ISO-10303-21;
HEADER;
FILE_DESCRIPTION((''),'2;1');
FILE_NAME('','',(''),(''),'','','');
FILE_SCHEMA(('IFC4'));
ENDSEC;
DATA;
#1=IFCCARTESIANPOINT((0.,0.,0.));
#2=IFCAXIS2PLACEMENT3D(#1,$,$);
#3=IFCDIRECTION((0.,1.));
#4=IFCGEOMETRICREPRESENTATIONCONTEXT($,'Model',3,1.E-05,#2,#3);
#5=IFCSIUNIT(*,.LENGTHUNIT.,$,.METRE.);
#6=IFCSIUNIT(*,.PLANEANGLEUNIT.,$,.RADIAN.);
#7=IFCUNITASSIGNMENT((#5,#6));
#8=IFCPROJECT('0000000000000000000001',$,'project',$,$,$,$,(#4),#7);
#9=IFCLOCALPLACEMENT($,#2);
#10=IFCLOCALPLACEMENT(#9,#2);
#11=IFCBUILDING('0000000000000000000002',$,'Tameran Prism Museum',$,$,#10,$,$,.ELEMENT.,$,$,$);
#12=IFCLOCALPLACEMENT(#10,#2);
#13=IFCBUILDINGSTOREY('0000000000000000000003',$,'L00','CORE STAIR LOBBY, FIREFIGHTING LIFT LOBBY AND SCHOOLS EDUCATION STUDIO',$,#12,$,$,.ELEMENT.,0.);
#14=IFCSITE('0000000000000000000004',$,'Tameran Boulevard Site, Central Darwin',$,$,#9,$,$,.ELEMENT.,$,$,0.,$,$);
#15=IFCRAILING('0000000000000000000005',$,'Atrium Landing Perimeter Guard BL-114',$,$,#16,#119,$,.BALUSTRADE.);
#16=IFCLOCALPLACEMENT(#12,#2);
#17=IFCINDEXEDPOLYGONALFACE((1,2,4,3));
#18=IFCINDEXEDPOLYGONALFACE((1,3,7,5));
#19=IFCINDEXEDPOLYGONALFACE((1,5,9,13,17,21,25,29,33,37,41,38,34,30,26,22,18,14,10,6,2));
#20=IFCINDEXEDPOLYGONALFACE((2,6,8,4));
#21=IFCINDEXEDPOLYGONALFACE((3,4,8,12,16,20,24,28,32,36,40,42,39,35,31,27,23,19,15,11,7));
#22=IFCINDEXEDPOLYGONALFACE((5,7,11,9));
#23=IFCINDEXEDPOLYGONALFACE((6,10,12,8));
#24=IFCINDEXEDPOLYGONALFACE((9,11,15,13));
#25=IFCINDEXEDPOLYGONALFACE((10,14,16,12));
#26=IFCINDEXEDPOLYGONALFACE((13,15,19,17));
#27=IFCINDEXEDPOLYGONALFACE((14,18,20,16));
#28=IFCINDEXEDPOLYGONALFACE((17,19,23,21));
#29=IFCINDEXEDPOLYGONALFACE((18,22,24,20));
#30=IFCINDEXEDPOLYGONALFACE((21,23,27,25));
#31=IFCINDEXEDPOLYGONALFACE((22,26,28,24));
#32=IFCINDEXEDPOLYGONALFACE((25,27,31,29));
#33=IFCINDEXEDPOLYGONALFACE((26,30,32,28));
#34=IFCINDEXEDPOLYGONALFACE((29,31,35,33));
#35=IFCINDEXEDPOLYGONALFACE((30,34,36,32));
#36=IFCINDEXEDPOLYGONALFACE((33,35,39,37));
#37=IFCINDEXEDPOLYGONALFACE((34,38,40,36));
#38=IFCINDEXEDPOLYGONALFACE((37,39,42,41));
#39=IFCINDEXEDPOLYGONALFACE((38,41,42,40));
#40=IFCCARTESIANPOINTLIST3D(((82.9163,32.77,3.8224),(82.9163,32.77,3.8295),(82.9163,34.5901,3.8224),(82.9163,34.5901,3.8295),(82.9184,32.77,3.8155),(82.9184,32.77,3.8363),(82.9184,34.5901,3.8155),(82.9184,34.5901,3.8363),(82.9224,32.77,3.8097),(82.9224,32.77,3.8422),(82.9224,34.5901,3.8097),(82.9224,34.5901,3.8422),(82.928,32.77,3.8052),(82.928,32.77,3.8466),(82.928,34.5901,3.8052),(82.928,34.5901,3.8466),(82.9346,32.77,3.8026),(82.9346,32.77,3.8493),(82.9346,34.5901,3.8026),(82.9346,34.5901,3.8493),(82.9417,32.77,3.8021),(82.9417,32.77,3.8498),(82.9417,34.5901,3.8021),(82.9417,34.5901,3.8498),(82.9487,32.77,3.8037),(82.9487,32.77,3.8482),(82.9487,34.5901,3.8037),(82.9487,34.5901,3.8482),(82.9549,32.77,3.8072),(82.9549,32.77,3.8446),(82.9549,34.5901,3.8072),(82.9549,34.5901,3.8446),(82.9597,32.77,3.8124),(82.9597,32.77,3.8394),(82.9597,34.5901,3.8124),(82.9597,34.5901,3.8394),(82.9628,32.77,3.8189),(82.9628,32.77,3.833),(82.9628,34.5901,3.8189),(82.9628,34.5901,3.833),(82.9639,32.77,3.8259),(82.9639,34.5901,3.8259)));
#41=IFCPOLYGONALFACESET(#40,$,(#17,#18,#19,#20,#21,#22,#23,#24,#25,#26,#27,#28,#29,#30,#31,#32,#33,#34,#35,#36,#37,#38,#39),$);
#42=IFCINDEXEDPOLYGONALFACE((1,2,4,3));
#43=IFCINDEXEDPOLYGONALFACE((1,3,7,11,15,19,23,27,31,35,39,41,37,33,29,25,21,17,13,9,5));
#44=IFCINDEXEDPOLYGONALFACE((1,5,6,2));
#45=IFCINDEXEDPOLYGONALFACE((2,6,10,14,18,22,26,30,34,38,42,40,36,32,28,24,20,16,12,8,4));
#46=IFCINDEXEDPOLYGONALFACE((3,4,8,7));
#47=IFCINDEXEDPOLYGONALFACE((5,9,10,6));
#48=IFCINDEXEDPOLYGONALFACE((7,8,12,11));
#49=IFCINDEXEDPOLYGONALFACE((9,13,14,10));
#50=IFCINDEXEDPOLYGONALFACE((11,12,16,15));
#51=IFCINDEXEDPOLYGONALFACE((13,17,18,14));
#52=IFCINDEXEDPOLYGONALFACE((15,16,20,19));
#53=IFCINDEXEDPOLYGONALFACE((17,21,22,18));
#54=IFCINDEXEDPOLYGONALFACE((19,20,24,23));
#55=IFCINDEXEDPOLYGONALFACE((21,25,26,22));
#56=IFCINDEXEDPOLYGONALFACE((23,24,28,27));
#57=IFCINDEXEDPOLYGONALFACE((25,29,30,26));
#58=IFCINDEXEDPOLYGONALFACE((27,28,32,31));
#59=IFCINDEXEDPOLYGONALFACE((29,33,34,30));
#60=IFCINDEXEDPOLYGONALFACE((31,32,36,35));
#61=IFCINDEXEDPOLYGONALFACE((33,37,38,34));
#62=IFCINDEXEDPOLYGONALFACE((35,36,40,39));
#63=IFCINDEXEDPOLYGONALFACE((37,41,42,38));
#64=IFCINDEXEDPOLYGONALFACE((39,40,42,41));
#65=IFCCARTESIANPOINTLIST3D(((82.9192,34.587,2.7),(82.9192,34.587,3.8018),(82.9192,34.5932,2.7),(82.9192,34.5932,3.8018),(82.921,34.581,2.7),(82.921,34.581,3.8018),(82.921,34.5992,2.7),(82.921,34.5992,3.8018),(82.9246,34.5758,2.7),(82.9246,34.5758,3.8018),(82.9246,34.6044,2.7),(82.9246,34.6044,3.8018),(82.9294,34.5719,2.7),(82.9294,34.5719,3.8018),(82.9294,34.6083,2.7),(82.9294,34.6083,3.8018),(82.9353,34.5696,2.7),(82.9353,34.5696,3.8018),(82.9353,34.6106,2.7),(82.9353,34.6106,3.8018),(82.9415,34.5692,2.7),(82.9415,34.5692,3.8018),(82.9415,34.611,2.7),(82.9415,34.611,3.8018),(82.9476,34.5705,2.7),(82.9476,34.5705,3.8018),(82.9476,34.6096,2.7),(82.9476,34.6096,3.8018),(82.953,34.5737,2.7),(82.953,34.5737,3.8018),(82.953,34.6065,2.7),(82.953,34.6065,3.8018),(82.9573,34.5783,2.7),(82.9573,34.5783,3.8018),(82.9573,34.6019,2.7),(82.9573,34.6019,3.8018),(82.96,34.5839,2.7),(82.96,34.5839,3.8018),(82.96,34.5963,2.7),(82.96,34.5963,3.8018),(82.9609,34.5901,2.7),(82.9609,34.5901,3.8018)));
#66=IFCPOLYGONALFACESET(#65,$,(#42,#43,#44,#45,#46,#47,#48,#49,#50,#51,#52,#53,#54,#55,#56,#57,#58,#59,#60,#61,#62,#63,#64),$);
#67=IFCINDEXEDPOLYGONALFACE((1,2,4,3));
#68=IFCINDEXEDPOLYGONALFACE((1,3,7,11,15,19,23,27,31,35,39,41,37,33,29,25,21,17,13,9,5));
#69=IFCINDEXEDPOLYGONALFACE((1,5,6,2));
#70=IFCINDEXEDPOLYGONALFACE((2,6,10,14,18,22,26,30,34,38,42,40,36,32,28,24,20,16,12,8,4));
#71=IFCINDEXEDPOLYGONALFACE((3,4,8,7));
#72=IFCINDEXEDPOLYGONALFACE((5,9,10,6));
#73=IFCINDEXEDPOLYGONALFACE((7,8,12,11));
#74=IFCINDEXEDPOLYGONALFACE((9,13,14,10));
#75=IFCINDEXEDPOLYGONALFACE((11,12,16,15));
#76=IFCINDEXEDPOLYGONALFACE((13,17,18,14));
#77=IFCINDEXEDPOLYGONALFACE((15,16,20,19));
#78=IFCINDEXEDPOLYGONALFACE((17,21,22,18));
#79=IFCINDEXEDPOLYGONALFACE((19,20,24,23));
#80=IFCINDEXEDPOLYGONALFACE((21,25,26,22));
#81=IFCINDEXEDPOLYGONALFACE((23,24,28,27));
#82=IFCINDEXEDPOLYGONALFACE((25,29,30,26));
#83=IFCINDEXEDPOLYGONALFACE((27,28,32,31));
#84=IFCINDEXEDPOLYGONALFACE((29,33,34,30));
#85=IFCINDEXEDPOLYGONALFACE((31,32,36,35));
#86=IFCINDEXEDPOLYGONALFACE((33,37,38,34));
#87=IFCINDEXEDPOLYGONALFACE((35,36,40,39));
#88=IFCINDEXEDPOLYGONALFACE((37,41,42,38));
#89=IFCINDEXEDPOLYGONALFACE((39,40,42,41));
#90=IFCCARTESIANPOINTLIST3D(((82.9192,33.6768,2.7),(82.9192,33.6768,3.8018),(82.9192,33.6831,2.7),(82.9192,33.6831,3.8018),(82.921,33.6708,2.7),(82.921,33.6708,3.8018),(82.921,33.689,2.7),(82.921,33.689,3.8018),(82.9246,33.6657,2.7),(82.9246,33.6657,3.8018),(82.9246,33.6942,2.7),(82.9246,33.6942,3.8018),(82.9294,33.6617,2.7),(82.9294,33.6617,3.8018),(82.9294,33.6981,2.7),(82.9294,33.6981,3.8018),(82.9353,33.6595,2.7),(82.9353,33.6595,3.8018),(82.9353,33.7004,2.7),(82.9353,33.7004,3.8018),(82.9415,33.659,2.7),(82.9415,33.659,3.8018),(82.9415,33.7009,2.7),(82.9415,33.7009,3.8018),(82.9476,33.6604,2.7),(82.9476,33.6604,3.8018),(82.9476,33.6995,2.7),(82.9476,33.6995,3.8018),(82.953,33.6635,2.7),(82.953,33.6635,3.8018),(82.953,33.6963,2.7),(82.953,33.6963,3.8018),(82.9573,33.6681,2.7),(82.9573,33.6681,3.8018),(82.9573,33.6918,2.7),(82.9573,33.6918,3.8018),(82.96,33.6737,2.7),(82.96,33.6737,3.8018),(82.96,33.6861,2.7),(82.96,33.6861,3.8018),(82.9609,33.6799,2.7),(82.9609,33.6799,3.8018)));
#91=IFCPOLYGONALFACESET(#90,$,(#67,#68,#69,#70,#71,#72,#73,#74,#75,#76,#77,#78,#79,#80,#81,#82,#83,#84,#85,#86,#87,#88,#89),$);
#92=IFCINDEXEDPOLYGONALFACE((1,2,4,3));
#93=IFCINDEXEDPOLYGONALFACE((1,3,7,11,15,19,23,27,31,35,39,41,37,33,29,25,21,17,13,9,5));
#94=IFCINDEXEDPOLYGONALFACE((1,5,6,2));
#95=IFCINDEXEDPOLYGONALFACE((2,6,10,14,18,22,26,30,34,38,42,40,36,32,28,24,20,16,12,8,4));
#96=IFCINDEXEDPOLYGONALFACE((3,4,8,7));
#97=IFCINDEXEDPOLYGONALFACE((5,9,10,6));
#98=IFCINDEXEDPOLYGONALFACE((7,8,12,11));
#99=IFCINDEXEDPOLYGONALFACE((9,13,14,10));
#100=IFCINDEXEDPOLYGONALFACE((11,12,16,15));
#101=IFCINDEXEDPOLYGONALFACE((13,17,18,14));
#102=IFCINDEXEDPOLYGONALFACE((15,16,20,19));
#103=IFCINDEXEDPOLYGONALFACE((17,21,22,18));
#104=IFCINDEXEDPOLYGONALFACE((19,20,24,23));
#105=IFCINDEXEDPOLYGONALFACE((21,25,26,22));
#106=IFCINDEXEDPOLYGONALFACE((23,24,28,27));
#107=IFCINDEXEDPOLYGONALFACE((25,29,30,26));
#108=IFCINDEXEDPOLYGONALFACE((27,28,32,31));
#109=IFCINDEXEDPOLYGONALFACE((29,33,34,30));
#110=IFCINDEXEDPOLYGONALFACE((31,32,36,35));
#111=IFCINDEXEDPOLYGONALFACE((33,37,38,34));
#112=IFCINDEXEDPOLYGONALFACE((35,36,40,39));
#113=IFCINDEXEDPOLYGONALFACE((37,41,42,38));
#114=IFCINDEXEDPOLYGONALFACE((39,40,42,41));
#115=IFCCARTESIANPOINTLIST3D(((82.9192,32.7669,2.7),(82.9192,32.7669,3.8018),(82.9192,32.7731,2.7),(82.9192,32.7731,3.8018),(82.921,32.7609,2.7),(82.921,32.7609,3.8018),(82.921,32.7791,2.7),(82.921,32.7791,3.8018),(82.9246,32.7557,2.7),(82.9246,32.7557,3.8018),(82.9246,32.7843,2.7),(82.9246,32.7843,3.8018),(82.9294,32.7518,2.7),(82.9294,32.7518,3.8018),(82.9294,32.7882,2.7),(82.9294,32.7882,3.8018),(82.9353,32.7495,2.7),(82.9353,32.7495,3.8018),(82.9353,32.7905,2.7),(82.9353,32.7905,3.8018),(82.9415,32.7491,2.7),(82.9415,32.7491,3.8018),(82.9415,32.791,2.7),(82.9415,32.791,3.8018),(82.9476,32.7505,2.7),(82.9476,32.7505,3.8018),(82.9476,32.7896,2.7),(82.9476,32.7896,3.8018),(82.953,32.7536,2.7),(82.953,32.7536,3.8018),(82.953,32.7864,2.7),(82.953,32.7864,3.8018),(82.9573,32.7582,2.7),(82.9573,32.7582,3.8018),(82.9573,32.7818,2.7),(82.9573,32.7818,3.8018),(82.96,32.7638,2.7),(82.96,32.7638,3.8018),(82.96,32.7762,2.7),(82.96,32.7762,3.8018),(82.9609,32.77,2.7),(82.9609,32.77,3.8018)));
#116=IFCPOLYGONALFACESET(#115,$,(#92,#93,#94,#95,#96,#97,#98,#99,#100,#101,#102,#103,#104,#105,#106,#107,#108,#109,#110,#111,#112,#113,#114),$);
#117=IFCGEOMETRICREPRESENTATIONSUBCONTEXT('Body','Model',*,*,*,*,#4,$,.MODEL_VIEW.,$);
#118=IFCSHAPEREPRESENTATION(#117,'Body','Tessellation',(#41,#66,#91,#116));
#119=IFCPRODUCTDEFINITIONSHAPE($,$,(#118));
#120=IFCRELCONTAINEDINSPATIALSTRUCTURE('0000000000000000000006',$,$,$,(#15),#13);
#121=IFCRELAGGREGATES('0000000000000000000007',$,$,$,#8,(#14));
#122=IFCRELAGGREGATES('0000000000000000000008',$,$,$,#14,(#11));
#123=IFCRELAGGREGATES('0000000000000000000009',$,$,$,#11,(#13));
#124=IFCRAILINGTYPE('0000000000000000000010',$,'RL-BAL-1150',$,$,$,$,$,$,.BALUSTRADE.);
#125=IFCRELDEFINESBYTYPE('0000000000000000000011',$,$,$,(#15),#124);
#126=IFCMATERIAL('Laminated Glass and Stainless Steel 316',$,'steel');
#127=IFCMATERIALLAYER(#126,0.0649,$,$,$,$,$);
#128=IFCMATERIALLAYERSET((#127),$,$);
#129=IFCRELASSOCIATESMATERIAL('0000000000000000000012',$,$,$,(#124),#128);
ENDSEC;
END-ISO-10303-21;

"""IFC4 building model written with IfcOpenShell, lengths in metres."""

from ifc_helpers import new_model, si_unit, direction, frame, origin, origin_2d, place, context, subcontext, project, spatial, circle, extrude, material, layer, layer_set, type_object, element, save


model = new_model("IFC4")

# Units and contexts
model_context = context("Model", 3, precision=1e-05, world=origin(), true_north=direction((0.0, 1.0)))
body_context = subcontext(model_context, "Body", "Model", "MODEL_VIEW")
ifc_project = project(units=[si_unit("LENGTHUNIT", "METRE"), si_unit("PLANEANGLEUNIT", "RADIAN")], contexts=[model_context])

# Site, building, storey
site_placement = place(None, origin())
site = spatial("IfcSite", under=ifc_project, at=site_placement, Name="Tameran Boulevard Site, Central Darwin", CompositionType="ELEMENT", RefElevation=0.0)
building_placement = place(site_placement, origin())
building = spatial("IfcBuilding", under=site, at=building_placement, Name="Tameran Prism Museum", CompositionType="ELEMENT")
storey_placement = place(building_placement, origin())
storey = spatial("IfcBuildingStorey", under=building, at=storey_placement, Name="L00", Description="CORE STAIR LOBBY, FIREFIGHTING LIFT LOBBY AND SCHOOLS EDUCATION STUDIO", CompositionType="ELEMENT", Elevation=0.0)

# Railing
ifc_material_1 = material(Name="Laminated Glass and Stainless Steel 316", Category="steel")
ifc_layer_1 = layer(ifc_material_1, 0.0649)
ifc_layer_set_1 = layer_set([ifc_layer_1])
railing_type = type_object("IfcRailingType", Name="RL-BAL-1150", PredefinedType="BALUSTRADE", material=ifc_layer_set_1)
railing_placement = place(storey_placement, frame((82.9399, 34.5901, 2.7)))
element("IfcRailing", 1, at=railing_placement, inside=storey, type_object=railing_type, Name="Atrium Landing Perimeter Guard BL-114", PredefinedType="BALUSTRADE", context=body_context, shape_type="SweptSolid", body=[
    extrude(circle(Radius=0.0239, at=origin_2d()), frame((0.0, 0.0, 1.126), z_axis=(0.0, -1.0, 0.0), x_axis=(1.0, 0.0, 0.0)), (0.0, 0.0, 1.0), 1.8201),
    extrude(circle(Radius=0.021, at=origin_2d()), origin(), (0.0, 0.0, 1.0), 1.1018),
    extrude(circle(Radius=0.021, at=origin_2d()), frame((0.0, -0.9102, 0.0)), (0.0, 0.0, 1.0), 1.1018),
    extrude(circle(Radius=0.021, at=origin_2d()), frame((0.0, -1.8201, 0.0)), (0.0, 0.0, 1.0), 1.1018),
])

save(model, "model.ifc")
